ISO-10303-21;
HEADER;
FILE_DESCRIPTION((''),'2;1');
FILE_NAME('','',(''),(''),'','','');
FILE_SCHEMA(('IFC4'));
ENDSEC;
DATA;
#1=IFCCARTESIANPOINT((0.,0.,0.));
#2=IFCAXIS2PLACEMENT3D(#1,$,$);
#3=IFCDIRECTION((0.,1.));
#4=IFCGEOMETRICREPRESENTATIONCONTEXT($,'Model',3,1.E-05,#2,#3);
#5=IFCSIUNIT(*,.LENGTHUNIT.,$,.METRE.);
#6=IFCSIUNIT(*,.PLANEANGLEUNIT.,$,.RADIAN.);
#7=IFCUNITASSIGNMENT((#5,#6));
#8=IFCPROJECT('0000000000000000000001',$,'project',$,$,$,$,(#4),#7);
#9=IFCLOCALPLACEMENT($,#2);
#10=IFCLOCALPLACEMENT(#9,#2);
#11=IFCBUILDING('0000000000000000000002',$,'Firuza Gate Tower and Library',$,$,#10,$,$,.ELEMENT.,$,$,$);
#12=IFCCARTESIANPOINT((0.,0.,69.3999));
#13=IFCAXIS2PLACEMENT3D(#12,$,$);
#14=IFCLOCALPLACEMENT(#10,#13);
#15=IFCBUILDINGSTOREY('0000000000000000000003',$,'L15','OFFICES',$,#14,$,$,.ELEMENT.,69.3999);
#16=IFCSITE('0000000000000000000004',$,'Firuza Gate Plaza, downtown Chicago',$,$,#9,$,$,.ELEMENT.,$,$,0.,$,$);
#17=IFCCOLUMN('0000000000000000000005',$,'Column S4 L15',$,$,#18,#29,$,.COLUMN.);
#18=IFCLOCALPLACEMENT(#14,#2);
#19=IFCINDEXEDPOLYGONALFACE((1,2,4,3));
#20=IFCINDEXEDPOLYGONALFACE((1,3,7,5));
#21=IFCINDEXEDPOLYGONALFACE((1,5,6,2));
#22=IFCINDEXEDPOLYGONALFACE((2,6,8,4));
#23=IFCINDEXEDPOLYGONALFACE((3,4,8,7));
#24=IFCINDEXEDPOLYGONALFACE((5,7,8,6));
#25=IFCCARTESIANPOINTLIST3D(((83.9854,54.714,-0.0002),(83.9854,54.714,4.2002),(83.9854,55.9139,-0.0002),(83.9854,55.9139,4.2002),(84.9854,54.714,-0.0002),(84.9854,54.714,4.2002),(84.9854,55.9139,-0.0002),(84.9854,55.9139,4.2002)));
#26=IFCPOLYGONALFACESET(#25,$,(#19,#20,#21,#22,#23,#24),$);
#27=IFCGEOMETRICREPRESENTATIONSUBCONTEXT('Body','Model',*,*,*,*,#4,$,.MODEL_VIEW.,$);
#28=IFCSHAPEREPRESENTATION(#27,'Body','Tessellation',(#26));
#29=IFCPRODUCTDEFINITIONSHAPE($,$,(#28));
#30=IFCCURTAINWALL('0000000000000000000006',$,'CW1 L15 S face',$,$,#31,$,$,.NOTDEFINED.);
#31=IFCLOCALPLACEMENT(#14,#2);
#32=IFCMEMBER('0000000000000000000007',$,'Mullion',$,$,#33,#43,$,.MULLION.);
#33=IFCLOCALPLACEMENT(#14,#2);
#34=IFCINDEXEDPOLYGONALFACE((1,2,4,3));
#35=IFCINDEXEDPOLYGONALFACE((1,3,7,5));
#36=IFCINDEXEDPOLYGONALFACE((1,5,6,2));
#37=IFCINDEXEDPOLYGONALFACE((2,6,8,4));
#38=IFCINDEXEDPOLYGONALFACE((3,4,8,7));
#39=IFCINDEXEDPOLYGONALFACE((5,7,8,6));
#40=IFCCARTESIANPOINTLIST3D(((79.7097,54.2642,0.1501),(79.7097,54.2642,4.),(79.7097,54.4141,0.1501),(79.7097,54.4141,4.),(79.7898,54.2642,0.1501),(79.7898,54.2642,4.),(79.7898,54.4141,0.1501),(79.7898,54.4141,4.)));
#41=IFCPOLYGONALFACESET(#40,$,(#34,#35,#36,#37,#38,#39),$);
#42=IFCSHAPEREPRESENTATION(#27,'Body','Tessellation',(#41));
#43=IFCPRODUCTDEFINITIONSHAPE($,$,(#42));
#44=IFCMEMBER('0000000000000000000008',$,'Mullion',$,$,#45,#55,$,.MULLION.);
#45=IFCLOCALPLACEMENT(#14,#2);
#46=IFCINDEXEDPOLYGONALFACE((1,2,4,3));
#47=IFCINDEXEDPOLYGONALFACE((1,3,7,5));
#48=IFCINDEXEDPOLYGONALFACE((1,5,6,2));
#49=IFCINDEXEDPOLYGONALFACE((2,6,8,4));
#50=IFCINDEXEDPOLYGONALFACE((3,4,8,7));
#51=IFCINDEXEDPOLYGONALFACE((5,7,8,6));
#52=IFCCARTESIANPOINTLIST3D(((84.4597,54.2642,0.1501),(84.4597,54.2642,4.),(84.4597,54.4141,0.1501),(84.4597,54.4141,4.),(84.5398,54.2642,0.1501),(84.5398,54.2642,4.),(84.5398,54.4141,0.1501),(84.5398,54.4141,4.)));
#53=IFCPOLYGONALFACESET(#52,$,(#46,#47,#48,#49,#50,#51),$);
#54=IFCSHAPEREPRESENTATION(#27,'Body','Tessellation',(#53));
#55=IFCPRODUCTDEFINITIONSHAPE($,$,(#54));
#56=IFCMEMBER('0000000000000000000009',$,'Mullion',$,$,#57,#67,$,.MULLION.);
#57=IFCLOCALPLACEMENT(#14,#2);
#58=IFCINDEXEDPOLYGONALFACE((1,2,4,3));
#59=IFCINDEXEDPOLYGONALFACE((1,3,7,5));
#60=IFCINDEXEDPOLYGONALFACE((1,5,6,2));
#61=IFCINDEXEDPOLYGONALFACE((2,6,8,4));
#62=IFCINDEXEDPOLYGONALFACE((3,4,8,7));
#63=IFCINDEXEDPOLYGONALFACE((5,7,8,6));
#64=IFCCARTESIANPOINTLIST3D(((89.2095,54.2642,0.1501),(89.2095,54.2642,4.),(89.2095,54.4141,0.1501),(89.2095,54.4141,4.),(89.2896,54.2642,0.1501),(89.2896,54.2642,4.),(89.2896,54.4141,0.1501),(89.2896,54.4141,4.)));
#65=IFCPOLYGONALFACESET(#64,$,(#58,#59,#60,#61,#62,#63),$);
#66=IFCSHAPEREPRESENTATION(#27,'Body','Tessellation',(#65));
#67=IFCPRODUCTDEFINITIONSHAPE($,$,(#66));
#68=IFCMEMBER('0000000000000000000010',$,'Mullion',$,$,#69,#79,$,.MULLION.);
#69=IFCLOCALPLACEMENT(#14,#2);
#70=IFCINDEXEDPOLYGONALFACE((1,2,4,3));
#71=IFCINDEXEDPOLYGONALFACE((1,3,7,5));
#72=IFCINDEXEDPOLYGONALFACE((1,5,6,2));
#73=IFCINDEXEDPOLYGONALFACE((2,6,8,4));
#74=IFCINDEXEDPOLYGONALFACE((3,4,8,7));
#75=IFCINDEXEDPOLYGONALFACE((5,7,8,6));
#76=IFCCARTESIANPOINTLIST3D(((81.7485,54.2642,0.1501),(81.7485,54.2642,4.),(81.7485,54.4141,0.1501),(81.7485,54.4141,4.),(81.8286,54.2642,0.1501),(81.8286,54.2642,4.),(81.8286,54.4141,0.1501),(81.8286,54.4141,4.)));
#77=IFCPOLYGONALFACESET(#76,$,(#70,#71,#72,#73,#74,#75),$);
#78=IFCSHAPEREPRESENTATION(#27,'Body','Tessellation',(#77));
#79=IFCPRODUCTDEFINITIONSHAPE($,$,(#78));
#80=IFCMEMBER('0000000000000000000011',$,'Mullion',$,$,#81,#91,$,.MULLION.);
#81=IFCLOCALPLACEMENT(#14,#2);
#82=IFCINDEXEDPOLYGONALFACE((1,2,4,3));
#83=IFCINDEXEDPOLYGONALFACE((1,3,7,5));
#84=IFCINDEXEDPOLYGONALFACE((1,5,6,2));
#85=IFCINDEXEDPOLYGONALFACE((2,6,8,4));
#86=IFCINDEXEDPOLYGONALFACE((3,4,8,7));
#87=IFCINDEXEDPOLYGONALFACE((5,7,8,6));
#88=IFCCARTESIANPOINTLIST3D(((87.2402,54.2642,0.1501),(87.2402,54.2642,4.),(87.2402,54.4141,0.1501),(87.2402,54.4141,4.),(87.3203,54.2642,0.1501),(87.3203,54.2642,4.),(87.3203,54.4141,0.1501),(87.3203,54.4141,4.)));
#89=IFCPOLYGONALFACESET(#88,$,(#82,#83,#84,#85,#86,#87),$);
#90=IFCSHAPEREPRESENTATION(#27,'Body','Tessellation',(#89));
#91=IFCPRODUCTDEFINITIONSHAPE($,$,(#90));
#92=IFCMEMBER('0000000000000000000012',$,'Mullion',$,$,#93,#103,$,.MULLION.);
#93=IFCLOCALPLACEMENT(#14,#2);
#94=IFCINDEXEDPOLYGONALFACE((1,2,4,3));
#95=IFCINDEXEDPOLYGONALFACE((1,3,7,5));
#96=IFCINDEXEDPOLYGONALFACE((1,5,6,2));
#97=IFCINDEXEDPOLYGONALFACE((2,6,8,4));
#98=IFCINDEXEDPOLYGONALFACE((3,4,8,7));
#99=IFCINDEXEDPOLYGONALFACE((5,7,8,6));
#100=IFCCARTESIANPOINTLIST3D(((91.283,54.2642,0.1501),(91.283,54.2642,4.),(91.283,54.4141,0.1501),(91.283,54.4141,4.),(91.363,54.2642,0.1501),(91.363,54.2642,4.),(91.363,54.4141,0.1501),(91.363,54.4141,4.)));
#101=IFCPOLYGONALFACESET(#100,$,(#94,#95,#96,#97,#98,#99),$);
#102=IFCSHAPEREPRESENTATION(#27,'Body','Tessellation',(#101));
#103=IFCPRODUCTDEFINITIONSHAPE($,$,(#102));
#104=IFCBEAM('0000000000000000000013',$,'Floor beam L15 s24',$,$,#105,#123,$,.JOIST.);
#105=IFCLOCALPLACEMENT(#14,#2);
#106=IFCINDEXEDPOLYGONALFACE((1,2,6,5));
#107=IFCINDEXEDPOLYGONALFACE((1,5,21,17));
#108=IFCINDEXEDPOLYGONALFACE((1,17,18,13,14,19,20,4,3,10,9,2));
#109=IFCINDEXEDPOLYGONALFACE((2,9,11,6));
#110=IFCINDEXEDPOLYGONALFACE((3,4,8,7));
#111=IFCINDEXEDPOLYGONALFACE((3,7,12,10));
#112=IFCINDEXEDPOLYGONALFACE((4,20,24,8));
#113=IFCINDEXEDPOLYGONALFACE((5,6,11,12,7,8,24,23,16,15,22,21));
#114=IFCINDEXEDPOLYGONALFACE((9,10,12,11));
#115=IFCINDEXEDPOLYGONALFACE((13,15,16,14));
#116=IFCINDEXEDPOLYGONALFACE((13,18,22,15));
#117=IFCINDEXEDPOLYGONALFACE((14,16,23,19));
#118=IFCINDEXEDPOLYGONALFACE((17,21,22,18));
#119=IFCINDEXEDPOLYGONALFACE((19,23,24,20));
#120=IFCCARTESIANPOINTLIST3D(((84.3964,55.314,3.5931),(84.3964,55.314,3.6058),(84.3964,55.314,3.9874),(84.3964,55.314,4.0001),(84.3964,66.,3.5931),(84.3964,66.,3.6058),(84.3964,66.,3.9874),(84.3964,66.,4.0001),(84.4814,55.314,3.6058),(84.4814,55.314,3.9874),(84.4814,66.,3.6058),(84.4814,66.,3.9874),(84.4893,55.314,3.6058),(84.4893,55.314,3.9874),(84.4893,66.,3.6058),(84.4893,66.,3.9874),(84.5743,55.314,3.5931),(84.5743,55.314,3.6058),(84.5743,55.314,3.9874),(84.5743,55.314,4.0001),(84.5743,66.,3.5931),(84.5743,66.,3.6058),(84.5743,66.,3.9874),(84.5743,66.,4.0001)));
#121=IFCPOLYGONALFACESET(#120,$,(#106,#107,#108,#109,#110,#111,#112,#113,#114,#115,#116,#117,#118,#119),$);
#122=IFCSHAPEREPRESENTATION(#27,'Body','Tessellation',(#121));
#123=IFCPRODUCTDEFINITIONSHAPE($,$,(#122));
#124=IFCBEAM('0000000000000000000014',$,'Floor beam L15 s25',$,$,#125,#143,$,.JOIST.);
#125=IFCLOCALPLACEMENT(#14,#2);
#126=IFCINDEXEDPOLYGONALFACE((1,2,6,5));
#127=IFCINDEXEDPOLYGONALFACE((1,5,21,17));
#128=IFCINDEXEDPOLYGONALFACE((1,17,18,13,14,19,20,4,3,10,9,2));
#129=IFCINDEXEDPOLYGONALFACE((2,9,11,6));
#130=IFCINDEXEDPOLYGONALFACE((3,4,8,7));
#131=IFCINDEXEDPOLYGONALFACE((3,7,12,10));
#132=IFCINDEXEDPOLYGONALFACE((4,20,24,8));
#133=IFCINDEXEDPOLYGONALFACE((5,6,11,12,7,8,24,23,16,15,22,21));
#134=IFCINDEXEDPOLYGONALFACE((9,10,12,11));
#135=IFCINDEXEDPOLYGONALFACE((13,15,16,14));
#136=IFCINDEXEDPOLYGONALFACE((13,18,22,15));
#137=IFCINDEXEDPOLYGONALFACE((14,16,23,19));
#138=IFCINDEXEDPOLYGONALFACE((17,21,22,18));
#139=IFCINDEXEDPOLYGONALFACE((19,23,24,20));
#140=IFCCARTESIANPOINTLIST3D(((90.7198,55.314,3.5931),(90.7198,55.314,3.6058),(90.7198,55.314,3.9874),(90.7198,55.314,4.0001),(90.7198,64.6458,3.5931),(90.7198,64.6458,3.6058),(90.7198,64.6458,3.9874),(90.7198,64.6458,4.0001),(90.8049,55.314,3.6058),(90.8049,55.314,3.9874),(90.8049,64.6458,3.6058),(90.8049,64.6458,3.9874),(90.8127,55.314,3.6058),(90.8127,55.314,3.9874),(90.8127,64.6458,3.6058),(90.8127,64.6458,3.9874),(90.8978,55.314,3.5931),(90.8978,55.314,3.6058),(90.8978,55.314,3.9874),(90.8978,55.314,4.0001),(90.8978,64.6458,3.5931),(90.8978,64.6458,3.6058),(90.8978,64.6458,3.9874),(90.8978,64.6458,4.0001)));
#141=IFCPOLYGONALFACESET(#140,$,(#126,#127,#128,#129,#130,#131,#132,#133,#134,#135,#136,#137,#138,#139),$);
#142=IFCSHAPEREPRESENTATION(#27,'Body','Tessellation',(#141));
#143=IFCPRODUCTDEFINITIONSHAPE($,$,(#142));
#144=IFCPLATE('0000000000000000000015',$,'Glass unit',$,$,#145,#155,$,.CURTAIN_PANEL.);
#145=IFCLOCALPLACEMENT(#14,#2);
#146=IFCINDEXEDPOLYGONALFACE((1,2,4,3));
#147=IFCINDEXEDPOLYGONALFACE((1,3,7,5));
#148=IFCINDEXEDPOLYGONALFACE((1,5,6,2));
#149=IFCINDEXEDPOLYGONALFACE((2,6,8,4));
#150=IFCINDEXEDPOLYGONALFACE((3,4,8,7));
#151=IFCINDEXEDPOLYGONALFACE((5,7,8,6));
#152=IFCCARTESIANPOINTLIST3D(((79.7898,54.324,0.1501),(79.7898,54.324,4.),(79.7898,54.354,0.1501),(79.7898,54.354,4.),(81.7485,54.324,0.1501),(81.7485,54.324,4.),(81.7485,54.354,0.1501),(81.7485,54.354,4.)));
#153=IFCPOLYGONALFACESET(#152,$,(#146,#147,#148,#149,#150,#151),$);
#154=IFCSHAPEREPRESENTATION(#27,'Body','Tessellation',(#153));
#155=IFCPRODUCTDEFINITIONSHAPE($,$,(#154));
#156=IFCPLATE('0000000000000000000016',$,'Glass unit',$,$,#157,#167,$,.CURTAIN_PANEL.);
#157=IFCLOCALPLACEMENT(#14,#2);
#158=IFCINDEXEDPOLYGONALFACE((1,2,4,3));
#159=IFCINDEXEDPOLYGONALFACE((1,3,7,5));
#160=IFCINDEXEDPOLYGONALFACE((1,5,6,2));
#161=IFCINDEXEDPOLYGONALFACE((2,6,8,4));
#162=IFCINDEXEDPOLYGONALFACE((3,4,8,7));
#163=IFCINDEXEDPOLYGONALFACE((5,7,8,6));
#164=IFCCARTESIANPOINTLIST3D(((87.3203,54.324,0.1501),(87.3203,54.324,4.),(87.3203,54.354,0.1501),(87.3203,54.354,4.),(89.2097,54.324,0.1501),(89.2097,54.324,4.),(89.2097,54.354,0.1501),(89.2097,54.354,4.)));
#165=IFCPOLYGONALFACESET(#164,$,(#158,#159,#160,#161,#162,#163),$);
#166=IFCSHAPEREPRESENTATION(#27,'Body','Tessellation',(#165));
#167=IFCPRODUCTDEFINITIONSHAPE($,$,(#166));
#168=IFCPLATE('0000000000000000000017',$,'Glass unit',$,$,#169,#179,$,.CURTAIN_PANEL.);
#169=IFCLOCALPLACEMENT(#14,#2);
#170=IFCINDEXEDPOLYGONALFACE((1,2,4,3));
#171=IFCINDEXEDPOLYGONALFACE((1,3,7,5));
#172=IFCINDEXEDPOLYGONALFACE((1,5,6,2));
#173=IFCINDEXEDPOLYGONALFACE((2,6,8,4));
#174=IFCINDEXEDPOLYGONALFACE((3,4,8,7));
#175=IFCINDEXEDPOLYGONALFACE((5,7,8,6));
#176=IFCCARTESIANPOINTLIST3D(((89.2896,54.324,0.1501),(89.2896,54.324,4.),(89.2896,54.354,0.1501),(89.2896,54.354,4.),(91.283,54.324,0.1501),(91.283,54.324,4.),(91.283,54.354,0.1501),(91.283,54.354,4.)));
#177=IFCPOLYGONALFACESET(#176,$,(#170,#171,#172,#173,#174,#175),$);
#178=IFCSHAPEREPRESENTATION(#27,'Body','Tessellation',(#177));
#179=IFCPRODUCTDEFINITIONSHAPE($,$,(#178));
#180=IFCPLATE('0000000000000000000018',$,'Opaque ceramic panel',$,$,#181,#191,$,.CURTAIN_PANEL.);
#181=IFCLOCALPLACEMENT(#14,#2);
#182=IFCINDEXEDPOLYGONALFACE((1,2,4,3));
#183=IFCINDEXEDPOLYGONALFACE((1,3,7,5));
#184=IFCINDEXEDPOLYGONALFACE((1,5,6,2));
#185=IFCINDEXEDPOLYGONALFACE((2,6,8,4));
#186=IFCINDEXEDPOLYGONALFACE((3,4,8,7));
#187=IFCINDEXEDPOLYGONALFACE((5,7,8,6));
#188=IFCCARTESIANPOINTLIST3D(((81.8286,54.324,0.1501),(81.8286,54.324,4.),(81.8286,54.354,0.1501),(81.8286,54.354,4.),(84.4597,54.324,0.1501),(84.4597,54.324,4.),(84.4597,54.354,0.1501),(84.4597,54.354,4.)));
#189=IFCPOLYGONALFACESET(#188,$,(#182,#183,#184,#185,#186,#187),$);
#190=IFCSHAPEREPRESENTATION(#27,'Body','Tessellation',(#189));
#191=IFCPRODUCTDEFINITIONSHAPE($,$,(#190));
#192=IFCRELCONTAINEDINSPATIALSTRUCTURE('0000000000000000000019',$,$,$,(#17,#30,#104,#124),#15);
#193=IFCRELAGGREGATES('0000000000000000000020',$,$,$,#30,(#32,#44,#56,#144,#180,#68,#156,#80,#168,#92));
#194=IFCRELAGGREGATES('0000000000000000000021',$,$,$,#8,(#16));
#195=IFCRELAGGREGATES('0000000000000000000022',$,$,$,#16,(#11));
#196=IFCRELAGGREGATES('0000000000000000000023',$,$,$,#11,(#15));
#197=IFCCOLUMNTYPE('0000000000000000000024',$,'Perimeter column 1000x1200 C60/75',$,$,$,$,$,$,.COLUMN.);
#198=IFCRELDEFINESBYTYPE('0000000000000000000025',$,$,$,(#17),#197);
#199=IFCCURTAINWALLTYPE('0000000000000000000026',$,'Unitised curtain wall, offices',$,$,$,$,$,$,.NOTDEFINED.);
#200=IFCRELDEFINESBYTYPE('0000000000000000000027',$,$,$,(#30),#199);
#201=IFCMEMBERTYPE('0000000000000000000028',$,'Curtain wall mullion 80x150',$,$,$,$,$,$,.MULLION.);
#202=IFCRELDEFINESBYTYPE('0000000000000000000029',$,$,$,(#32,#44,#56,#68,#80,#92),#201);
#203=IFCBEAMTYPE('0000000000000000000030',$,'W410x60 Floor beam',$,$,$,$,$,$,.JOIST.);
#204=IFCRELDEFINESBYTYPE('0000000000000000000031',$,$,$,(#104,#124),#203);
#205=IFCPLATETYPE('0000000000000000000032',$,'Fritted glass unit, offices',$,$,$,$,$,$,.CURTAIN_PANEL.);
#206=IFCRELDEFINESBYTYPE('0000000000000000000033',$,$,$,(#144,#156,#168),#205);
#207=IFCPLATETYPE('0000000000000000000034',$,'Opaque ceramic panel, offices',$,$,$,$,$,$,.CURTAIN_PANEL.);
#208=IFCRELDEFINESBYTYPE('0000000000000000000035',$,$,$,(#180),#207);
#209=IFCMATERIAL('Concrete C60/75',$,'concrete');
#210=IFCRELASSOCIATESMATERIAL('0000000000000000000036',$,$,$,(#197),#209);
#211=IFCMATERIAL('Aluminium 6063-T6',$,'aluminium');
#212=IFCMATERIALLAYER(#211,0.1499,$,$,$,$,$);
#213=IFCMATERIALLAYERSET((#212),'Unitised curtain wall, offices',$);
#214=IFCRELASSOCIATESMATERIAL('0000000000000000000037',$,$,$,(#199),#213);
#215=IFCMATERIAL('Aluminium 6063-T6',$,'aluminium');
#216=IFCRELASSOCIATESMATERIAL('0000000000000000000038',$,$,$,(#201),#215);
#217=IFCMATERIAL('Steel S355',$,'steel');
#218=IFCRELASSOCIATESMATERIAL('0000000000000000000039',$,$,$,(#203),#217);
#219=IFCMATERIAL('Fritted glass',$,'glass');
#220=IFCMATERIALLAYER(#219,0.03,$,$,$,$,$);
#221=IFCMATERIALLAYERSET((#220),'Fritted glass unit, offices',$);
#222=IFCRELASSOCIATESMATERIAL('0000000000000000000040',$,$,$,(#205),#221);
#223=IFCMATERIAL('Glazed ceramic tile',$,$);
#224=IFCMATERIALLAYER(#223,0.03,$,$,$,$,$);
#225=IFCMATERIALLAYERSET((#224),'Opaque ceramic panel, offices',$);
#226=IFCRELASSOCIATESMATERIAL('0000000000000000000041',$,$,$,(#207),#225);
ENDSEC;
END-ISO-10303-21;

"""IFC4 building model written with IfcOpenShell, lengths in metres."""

from ifc_helpers import new_model, si_unit, direction, frame, origin, origin_2d, place, context, subcontext, project, spatial, polyline, rectangle, i_section, outline, extrude, material, layer, layer_set, material_profile, profile_set, type_object, element, aggregate, save


model = new_model("IFC4")

# Units and contexts
model_context = context("Model", 3, precision=1e-05, world=origin(), true_north=direction((0.0, 1.0)))
body_context = subcontext(model_context, "Body", "Model", "MODEL_VIEW")
ifc_project = project(units=[si_unit("LENGTHUNIT", "METRE"), si_unit("PLANEANGLEUNIT", "RADIAN")], contexts=[model_context])

# Site, building, storey
site_placement = place(None, origin())
site = spatial("IfcSite", under=ifc_project, at=site_placement, Name="Firuza Gate Plaza, downtown Chicago", CompositionType="ELEMENT", RefElevation=0.0)
building_placement = place(site_placement, origin())
building = spatial("IfcBuilding", under=site, at=building_placement, Name="Firuza Gate Tower and Library", CompositionType="ELEMENT")
storey_placement = place(building_placement, frame((0.0, 0.0, 69.3999)))
storey = spatial("IfcBuildingStorey", under=building, at=storey_placement, Name="L15", Description="OFFICES", CompositionType="ELEMENT", Elevation=69.3999)

# Column
ifc_material_1 = material(Name="Concrete C60/75", Category="concrete")
ifc_material_profile_1 = material_profile(ifc_material_1, rectangle(XDim=1.0, YDim=1.2, at=origin_2d()))
ifc_profile_set_1 = profile_set([ifc_material_profile_1], Name="Concrete C60/75")
column_type = type_object("IfcColumnType", Name="Perimeter column 1000x1200 C60/75", PredefinedType="COLUMN", material=ifc_profile_set_1)
column_placement = place(storey_placement, frame((84.4854, 55.314, -0.0002), z_axis=(0.0, 0.0, 1.0), x_axis=(1.0, 0.0, 0.0)))
element("IfcColumn", 1, at=column_placement, inside=storey, type_object=column_type, Name="Column S4 L15", PredefinedType="COLUMN", context=body_context, shape_type="SweptSolid", body=[
    extrude(rectangle(XDim=1.0, YDim=1.2, at=origin_2d()), origin(), (0.0, 0.0, 1.0), 4.2004),
])

# Curtain wall, members
ifc_material_2 = material(Name="Aluminium 6063-T6", Category="aluminium")
ifc_layer_1 = layer(ifc_material_2, 0.1499)
ifc_layer_set_1 = layer_set([ifc_layer_1], Name="Unitised curtain wall, offices")
curtain_wall_type = type_object("IfcCurtainWallType", Name="Unitised curtain wall, offices", PredefinedType="NOTDEFINED", material=ifc_layer_set_1)
curtain_wall_placement = place(storey_placement, origin())
curtain_wall = element("IfcCurtainWall", 2, at=curtain_wall_placement, inside=storey, type_object=curtain_wall_type, Name="CW1 L15 S face", PredefinedType="NOTDEFINED")
ifc_material_3 = material(Name="Aluminium 6063-T6", Category="aluminium")
ifc_material_profile_2 = material_profile(ifc_material_3, rectangle(XDim=0.1499, YDim=0.0801, at=origin_2d()))
ifc_profile_set_2 = profile_set([ifc_material_profile_2], Name="Aluminium 6063-T6")
member_type = type_object("IfcMemberType", Name="Curtain wall mullion 80x150", PredefinedType="MULLION", material=ifc_profile_set_2)
member_1_placement = place(storey_placement, frame((79.7498, 54.3391, 0.1501), z_axis=(0.0, 0.0, 1.0), x_axis=(0.0, 1.0, 0.0)))
member_1 = element("IfcMember", 3, at=member_1_placement, type_object=member_type, Name="Mullion", PredefinedType="MULLION", context=body_context, shape_type="SweptSolid", body=[
    extrude(rectangle(XDim=0.1499, YDim=0.0801, at=origin_2d()), origin(), (0.0, 0.0, 1.0), 3.8499),
])
member_2_placement = place(storey_placement, frame((84.4998, 54.3391, 0.1501), z_axis=(0.0, 0.0, 1.0), x_axis=(0.0, 1.0, 0.0)))
member_2 = element("IfcMember", 4, at=member_2_placement, type_object=member_type, Name="Mullion", PredefinedType="MULLION", context=body_context, shape_type="SweptSolid", body=[
    extrude(rectangle(XDim=0.1499, YDim=0.0801, at=origin_2d()), origin(), (0.0, 0.0, 1.0), 3.8499),
])
member_3_placement = place(storey_placement, frame((89.2495, 54.3391, 0.1501), z_axis=(0.0, 0.0, 1.0), x_axis=(0.0, 1.0, 0.0)))
member_3 = element("IfcMember", 5, at=member_3_placement, type_object=member_type, Name="Mullion", PredefinedType="MULLION", context=body_context, shape_type="SweptSolid", body=[
    extrude(rectangle(XDim=0.1499, YDim=0.0801, at=origin_2d()), origin(), (0.0, 0.0, 1.0), 3.8499),
])
member_4_placement = place(storey_placement, frame((81.7886, 54.3391, 0.1501), z_axis=(0.0, 0.0, 1.0), x_axis=(0.0, 1.0, 0.0)))
member_4 = element("IfcMember", 6, at=member_4_placement, type_object=member_type, Name="Mullion", PredefinedType="MULLION", context=body_context, shape_type="SweptSolid", body=[
    extrude(rectangle(XDim=0.1499, YDim=0.0801, at=origin_2d()), origin(), (0.0, 0.0, 1.0), 3.8499),
])
member_5_placement = place(storey_placement, frame((87.2803, 54.3391, 0.1501), z_axis=(0.0, 0.0, 1.0), x_axis=(0.0, 1.0, 0.0)))
member_5 = element("IfcMember", 7, at=member_5_placement, type_object=member_type, Name="Mullion", PredefinedType="MULLION", context=body_context, shape_type="SweptSolid", body=[
    extrude(rectangle(XDim=0.1499, YDim=0.0801, at=origin_2d()), origin(), (0.0, 0.0, 1.0), 3.8499),
])
member_6_placement = place(storey_placement, frame((91.323, 54.3391, 0.1501), z_axis=(0.0, 0.0, 1.0), x_axis=(0.0, 1.0, 0.0)))
member_6 = element("IfcMember", 8, at=member_6_placement, type_object=member_type, Name="Mullion", PredefinedType="MULLION", context=body_context, shape_type="SweptSolid", body=[
    extrude(rectangle(XDim=0.1499, YDim=0.0801, at=origin_2d()), origin(), (0.0, 0.0, 1.0), 3.8499),
])

# Beams
ifc_material_4 = material(Name="Steel S355", Category="steel")
ifc_material_profile_3 = material_profile(ifc_material_4, i_section(OverallWidth=0.178, OverallDepth=0.407, WebThickness=0.0078, FlangeThickness=0.0127, at=origin_2d()))
ifc_profile_set_3 = profile_set([ifc_material_profile_3], Name="Steel S355")
beam_type = type_object("IfcBeamType", Name="W410x60 Floor beam", PredefinedType="JOIST", material=ifc_profile_set_3)
beam_1_placement = place(storey_placement, frame((84.4854, 55.314, 3.7966), z_axis=(0.0, 1.0, 0.0), x_axis=(-1.0, 0.0, 0.0)))
element("IfcBeam", 9, at=beam_1_placement, inside=storey, type_object=beam_type, Name="Floor beam L15 s24", PredefinedType="JOIST", context=body_context, shape_type="SweptSolid", body=[
    extrude(i_section(OverallWidth=0.178, OverallDepth=0.407, WebThickness=0.0078, FlangeThickness=0.0127, at=origin_2d()), origin(), (0.0, 0.0, 1.0), 10.686),
])
beam_2_placement = place(storey_placement, frame((90.8088, 55.314, 3.7966), z_axis=(0.0, 1.0, 0.0), x_axis=(-1.0, 0.0, 0.0)))
element("IfcBeam", 10, at=beam_2_placement, inside=storey, type_object=beam_type, Name="Floor beam L15 s25", PredefinedType="JOIST", context=body_context, shape_type="SweptSolid", body=[
    extrude(i_section(OverallWidth=0.178, OverallDepth=0.407, WebThickness=0.0078, FlangeThickness=0.0127, at=origin_2d()), origin(), (0.0, 0.0, 1.0), 9.3318),
])

# Plates
ifc_material_5 = material(Name="Fritted glass", Category="glass")
ifc_layer_2 = layer(ifc_material_5, 0.03)
ifc_layer_set_2 = layer_set([ifc_layer_2], Name="Fritted glass unit, offices")
plate_type_1 = type_object("IfcPlateType", Name="Fritted glass unit, offices", PredefinedType="CURTAIN_PANEL", material=ifc_layer_set_2)
plate_1_placement = place(storey_placement, frame((79.7898, 54.324, 0.1501), z_axis=(0.0, -1.0, 0.0), x_axis=(1.0, 0.0, 0.0)))
plate_1 = element("IfcPlate", 11, at=plate_1_placement, type_object=plate_type_1, Name="Glass unit", PredefinedType="CURTAIN_PANEL", context=body_context, shape_type="SweptSolid", body=[
    extrude(outline(polyline([(0.0, 0.0), (1.9587, 0.0), (1.9587, 3.8499), (0.0, 3.8499), (0.0, 0.0)])), origin(), (0.0, 0.0, -1.0), 0.03),
])
plate_2_placement = place(storey_placement, frame((87.3203, 54.324, 0.1501), z_axis=(0.0, -1.0, 0.0), x_axis=(1.0, 0.0, 0.0)))
plate_2 = element("IfcPlate", 12, at=plate_2_placement, type_object=plate_type_1, Name="Glass unit", PredefinedType="CURTAIN_PANEL", context=body_context, shape_type="SweptSolid", body=[
    extrude(outline(polyline([(0.0, 0.0), (1.8894, 0.0), (1.8894, 3.8499), (0.0, 3.8499), (0.0, 0.0)])), origin(), (0.0, 0.0, -1.0), 0.03),
])
plate_3_placement = place(storey_placement, frame((89.2896, 54.324, 0.1501), z_axis=(0.0, -1.0, 0.0), x_axis=(1.0, 0.0, 0.0)))
plate_3 = element("IfcPlate", 13, at=plate_3_placement, type_object=plate_type_1, Name="Glass unit", PredefinedType="CURTAIN_PANEL", context=body_context, shape_type="SweptSolid", body=[
    extrude(outline(polyline([(0.0, 0.0), (1.9934, 0.0), (1.9934, 3.8499), (0.0, 3.8499), (0.0, 0.0)])), origin(), (0.0, 0.0, -1.0), 0.03),
])
ifc_material_6 = material(Name="Glazed ceramic tile")
ifc_layer_3 = layer(ifc_material_6, 0.03)
ifc_layer_set_3 = layer_set([ifc_layer_3], Name="Opaque ceramic panel, offices")
plate_type_2 = type_object("IfcPlateType", Name="Opaque ceramic panel, offices", PredefinedType="CURTAIN_PANEL", material=ifc_layer_set_3)
plate_4_placement = place(storey_placement, frame((81.8286, 54.324, 0.1501), z_axis=(0.0, -1.0, 0.0), x_axis=(1.0, 0.0, 0.0)))
plate_4 = element("IfcPlate", 14, at=plate_4_placement, type_object=plate_type_2, Name="Opaque ceramic panel", PredefinedType="CURTAIN_PANEL", context=body_context, shape_type="SweptSolid", body=[
    extrude(outline(polyline([(0.0, 0.0), (2.6311, 0.0), (2.6311, 3.8499), (0.0, 3.8499), (0.0, 0.0)])), origin(), (0.0, 0.0, -1.0), 0.03),
])
aggregate(curtain_wall, [member_1, member_2, member_3, plate_1, plate_4, member_4, plate_2, member_5, plate_3, member_6])

save(model, "model.ifc")
